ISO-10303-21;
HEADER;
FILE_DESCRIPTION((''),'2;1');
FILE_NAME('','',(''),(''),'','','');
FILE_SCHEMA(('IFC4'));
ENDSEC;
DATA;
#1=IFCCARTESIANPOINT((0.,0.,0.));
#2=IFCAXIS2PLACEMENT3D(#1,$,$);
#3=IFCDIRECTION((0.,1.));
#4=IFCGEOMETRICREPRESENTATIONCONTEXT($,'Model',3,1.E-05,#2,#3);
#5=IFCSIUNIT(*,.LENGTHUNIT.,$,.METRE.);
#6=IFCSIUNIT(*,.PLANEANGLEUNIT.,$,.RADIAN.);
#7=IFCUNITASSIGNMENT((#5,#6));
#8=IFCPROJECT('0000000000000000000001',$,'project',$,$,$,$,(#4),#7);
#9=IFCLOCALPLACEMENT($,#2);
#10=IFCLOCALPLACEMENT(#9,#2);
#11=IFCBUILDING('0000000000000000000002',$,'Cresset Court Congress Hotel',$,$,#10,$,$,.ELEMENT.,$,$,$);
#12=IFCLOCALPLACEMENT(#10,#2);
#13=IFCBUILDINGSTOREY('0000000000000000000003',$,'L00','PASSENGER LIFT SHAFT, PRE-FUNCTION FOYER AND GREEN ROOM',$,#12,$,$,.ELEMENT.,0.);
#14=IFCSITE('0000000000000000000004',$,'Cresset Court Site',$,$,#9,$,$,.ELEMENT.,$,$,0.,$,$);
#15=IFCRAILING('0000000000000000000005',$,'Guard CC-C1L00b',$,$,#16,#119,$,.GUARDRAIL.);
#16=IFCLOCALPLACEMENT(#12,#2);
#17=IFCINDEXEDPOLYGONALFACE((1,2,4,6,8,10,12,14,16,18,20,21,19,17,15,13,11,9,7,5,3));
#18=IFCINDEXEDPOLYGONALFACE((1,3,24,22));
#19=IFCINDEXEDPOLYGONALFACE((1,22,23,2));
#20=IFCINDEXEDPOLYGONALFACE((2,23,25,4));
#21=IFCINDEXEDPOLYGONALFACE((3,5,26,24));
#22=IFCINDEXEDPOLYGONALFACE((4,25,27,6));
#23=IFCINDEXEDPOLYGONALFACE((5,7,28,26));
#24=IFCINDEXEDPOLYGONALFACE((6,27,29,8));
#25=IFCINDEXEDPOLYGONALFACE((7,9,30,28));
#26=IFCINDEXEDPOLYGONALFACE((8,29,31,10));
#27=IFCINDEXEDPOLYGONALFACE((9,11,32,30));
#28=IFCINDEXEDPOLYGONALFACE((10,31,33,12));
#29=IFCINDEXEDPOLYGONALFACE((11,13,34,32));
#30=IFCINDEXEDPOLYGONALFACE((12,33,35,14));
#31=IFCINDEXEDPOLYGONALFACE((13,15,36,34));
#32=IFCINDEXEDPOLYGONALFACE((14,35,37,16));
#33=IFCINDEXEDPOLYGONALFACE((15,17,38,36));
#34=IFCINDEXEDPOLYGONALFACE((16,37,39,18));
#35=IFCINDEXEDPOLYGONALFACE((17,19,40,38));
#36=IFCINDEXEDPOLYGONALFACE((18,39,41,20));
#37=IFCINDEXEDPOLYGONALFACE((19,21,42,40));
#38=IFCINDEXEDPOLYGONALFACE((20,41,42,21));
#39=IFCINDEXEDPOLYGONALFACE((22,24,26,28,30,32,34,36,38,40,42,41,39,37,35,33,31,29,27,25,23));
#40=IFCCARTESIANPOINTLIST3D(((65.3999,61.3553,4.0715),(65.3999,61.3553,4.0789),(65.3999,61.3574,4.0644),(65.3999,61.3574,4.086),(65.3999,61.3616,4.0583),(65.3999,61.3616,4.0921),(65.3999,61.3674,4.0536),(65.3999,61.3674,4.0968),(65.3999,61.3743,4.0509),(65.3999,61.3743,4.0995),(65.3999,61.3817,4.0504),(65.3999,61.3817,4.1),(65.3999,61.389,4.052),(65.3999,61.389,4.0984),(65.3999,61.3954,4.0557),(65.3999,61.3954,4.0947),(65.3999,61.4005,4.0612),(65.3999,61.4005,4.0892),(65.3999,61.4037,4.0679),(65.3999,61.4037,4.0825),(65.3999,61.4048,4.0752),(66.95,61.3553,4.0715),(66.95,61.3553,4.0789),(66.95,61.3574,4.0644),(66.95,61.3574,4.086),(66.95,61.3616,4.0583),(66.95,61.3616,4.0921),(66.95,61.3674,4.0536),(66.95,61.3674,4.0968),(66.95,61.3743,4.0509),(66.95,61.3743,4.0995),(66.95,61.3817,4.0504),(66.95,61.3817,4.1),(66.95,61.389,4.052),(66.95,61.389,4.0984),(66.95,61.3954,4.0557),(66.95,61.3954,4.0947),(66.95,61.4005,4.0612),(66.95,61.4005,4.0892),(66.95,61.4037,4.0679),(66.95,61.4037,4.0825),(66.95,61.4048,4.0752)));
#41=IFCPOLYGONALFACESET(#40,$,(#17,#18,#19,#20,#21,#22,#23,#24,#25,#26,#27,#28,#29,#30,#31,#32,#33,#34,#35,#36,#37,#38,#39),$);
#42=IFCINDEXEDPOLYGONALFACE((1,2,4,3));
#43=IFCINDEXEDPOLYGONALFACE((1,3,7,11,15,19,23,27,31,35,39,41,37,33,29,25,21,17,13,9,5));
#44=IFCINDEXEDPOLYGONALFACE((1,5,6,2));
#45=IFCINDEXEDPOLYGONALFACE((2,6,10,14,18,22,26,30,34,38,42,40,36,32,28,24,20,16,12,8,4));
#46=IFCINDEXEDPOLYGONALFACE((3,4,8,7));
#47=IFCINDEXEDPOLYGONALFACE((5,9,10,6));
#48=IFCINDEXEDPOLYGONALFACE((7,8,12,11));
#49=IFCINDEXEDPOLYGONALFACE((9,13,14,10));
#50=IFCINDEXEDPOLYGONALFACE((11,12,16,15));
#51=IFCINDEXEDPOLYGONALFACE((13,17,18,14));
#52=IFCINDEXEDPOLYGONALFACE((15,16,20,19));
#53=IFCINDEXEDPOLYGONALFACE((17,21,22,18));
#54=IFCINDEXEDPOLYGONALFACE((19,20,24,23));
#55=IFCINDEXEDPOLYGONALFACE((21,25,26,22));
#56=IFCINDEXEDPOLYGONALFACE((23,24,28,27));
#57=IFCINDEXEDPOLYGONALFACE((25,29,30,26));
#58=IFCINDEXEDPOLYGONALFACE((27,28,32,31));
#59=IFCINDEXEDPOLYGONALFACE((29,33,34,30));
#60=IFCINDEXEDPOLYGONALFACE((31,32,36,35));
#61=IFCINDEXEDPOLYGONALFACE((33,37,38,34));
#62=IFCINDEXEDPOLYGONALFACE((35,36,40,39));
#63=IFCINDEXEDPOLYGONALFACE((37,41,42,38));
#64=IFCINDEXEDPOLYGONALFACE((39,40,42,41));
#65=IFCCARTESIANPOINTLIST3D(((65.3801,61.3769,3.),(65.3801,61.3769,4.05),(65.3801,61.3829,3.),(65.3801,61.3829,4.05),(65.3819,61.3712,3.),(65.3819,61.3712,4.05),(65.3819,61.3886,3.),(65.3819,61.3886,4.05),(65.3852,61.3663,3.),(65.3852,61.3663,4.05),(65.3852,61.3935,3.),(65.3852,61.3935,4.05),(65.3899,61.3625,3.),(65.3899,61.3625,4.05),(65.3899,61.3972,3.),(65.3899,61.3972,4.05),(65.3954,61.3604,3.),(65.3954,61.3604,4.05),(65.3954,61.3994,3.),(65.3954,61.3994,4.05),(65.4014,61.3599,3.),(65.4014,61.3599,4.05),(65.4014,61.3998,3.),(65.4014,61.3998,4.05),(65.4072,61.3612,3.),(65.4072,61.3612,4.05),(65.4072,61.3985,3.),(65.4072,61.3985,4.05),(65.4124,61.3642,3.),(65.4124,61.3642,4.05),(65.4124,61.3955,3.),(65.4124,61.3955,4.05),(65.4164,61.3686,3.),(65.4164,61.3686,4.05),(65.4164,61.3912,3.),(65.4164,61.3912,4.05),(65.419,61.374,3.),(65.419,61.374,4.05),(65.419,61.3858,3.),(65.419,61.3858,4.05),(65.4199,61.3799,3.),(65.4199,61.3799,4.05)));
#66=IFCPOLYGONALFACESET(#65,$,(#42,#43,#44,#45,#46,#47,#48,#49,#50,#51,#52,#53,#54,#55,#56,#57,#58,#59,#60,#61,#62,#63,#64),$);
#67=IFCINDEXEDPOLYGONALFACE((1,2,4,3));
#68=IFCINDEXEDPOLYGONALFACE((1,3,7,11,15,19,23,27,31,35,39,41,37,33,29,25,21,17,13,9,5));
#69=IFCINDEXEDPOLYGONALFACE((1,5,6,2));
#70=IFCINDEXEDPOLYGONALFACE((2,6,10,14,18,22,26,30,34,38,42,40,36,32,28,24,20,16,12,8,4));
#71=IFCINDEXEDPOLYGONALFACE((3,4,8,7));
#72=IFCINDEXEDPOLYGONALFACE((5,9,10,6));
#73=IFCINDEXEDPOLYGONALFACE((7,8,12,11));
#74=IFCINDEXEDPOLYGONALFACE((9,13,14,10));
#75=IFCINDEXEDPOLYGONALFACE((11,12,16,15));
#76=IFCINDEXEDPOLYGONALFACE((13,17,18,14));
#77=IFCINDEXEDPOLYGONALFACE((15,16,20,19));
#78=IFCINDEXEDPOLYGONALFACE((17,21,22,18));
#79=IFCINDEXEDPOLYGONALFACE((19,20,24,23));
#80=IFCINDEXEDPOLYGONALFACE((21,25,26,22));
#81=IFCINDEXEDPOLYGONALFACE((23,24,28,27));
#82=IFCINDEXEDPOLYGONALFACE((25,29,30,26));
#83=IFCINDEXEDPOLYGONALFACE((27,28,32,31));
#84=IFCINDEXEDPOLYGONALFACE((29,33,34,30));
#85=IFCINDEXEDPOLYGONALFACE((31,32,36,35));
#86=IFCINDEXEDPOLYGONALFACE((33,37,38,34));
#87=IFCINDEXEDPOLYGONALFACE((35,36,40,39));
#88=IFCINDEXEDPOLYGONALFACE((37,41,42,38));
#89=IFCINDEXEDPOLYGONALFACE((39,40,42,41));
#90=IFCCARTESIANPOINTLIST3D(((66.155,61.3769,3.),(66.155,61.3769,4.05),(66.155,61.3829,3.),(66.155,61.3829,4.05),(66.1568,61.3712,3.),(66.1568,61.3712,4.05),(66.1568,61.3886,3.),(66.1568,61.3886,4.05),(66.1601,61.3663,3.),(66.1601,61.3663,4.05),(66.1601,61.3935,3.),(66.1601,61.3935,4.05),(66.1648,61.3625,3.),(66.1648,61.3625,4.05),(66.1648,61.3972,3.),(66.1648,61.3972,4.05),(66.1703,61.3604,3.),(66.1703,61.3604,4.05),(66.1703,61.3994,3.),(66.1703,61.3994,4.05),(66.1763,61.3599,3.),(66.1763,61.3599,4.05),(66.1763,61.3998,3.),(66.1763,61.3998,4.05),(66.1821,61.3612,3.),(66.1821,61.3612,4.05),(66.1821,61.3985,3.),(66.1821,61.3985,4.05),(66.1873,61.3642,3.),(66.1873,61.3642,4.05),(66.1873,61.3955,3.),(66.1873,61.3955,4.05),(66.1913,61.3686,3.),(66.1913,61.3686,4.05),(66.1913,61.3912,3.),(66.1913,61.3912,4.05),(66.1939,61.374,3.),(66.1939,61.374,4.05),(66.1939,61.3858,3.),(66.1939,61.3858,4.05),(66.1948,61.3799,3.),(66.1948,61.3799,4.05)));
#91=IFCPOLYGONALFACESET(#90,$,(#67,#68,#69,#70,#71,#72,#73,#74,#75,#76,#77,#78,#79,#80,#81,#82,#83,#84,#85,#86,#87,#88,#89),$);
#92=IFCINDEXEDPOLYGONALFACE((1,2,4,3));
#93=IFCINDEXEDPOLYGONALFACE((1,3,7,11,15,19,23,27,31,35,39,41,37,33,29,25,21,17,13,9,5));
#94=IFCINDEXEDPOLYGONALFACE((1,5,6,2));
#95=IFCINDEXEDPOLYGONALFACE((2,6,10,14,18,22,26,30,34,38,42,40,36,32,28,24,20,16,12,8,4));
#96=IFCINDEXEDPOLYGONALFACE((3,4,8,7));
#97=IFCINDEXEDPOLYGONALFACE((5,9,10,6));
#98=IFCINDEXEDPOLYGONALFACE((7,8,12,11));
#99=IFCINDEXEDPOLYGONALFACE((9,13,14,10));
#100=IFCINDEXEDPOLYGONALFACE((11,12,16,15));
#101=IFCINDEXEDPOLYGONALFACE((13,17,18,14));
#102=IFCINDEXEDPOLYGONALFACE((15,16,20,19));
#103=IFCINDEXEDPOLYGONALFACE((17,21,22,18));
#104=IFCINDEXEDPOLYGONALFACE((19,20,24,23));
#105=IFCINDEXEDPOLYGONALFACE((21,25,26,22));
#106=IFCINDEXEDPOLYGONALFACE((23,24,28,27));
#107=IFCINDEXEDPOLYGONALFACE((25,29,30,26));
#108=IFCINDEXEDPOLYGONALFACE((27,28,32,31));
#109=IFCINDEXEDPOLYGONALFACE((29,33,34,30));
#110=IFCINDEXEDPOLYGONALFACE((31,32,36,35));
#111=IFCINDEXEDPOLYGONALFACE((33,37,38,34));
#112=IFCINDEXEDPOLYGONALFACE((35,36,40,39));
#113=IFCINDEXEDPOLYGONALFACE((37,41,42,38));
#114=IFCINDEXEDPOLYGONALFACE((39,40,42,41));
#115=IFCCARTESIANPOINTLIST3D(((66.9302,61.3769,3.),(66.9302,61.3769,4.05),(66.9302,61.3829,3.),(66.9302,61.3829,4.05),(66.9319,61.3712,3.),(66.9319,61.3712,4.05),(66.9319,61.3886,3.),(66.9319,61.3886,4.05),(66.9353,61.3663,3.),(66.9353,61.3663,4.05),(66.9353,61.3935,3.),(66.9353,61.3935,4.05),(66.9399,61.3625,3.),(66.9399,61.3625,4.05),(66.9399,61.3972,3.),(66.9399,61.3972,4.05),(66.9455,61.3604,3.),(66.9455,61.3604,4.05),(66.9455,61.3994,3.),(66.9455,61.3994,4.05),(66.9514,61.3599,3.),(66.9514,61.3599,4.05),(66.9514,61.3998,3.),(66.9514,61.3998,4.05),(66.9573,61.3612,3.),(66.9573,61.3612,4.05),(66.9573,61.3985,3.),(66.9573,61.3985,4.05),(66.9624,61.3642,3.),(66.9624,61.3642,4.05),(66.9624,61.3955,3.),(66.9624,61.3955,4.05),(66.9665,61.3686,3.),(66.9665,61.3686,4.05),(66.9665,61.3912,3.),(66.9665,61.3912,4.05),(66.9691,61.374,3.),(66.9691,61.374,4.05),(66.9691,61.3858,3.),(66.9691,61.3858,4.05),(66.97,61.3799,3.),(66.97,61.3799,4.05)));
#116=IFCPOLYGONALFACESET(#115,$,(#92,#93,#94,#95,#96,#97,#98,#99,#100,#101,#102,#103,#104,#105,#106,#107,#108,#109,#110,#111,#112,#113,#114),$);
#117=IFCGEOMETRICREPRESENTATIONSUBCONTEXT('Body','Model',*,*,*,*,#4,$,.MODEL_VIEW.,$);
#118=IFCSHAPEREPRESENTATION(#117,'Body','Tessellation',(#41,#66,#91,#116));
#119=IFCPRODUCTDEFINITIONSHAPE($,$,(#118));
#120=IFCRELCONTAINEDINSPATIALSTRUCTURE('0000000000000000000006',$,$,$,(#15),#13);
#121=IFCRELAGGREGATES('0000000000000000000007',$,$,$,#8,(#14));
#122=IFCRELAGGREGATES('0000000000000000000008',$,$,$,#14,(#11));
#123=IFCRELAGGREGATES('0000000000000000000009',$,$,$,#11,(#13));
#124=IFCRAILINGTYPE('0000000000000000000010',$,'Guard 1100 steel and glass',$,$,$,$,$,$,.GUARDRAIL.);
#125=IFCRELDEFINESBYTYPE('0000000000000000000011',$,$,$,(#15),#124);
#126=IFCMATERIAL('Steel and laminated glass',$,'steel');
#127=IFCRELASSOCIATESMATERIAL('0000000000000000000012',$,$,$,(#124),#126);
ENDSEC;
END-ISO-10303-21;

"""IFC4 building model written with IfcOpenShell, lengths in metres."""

from ifc_helpers import new_model, si_unit, direction, frame, origin, origin_2d, place, context, subcontext, project, spatial, circle, extrude, material, type_object, element, save


model = new_model("IFC4")

# Units and contexts
model_context = context("Model", 3, precision=1e-05, world=origin(), true_north=direction((0.0, 1.0)))
body_context = subcontext(model_context, "Body", "Model", "MODEL_VIEW")
ifc_project = project(units=[si_unit("LENGTHUNIT", "METRE"), si_unit("PLANEANGLEUNIT", "RADIAN")], contexts=[model_context])

# Site, building, storey
site_placement = place(None, origin())
site = spatial("IfcSite", under=ifc_project, at=site_placement, Name="Cresset Court Site", CompositionType="ELEMENT", RefElevation=0.0)
building_placement = place(site_placement, origin())
building = spatial("IfcBuilding", under=site, at=building_placement, Name="Cresset Court Congress Hotel", CompositionType="ELEMENT")
storey_placement = place(building_placement, origin())
storey = spatial("IfcBuildingStorey", under=building, at=storey_placement, Name="L00", Description="PASSENGER LIFT SHAFT, PRE-FUNCTION FOYER AND GREEN ROOM", CompositionType="ELEMENT", Elevation=0.0)

# Railing
ifc_material_1 = material(Name="Steel and laminated glass", Category="steel")
railing_type = type_object("IfcRailingType", Name="Guard 1100 steel and glass", PredefinedType="GUARDRAIL", material=ifc_material_1)
railing_placement = place(storey_placement, frame((65.3999, 61.3799, 3.0)))
element("IfcRailing", 1, at=railing_placement, inside=storey, type_object=railing_type, Name="Guard CC-C1L00b", PredefinedType="GUARDRAIL", context=body_context, shape_type="SweptSolid", body=[
    extrude(circle(Radius=0.0249, at=origin_2d()), frame((0.0, 0.0, 1.0752), z_axis=(1.0, 0.0, 0.0), x_axis=(0.0, 1.0, 0.0)), (0.0, 0.0, 1.0), 1.55),
    extrude(circle(Radius=0.02, at=origin_2d()), origin(), (0.0, 0.0, 1.0), 1.05),
    extrude(circle(Radius=0.02, at=origin_2d()), frame((0.7749, 0.0, 0.0)), (0.0, 0.0, 1.0), 1.05),
    extrude(circle(Radius=0.02, at=origin_2d()), frame((1.55, 0.0, 0.0)), (0.0, 0.0, 1.0), 1.05),
])

save(model, "model.ifc")
